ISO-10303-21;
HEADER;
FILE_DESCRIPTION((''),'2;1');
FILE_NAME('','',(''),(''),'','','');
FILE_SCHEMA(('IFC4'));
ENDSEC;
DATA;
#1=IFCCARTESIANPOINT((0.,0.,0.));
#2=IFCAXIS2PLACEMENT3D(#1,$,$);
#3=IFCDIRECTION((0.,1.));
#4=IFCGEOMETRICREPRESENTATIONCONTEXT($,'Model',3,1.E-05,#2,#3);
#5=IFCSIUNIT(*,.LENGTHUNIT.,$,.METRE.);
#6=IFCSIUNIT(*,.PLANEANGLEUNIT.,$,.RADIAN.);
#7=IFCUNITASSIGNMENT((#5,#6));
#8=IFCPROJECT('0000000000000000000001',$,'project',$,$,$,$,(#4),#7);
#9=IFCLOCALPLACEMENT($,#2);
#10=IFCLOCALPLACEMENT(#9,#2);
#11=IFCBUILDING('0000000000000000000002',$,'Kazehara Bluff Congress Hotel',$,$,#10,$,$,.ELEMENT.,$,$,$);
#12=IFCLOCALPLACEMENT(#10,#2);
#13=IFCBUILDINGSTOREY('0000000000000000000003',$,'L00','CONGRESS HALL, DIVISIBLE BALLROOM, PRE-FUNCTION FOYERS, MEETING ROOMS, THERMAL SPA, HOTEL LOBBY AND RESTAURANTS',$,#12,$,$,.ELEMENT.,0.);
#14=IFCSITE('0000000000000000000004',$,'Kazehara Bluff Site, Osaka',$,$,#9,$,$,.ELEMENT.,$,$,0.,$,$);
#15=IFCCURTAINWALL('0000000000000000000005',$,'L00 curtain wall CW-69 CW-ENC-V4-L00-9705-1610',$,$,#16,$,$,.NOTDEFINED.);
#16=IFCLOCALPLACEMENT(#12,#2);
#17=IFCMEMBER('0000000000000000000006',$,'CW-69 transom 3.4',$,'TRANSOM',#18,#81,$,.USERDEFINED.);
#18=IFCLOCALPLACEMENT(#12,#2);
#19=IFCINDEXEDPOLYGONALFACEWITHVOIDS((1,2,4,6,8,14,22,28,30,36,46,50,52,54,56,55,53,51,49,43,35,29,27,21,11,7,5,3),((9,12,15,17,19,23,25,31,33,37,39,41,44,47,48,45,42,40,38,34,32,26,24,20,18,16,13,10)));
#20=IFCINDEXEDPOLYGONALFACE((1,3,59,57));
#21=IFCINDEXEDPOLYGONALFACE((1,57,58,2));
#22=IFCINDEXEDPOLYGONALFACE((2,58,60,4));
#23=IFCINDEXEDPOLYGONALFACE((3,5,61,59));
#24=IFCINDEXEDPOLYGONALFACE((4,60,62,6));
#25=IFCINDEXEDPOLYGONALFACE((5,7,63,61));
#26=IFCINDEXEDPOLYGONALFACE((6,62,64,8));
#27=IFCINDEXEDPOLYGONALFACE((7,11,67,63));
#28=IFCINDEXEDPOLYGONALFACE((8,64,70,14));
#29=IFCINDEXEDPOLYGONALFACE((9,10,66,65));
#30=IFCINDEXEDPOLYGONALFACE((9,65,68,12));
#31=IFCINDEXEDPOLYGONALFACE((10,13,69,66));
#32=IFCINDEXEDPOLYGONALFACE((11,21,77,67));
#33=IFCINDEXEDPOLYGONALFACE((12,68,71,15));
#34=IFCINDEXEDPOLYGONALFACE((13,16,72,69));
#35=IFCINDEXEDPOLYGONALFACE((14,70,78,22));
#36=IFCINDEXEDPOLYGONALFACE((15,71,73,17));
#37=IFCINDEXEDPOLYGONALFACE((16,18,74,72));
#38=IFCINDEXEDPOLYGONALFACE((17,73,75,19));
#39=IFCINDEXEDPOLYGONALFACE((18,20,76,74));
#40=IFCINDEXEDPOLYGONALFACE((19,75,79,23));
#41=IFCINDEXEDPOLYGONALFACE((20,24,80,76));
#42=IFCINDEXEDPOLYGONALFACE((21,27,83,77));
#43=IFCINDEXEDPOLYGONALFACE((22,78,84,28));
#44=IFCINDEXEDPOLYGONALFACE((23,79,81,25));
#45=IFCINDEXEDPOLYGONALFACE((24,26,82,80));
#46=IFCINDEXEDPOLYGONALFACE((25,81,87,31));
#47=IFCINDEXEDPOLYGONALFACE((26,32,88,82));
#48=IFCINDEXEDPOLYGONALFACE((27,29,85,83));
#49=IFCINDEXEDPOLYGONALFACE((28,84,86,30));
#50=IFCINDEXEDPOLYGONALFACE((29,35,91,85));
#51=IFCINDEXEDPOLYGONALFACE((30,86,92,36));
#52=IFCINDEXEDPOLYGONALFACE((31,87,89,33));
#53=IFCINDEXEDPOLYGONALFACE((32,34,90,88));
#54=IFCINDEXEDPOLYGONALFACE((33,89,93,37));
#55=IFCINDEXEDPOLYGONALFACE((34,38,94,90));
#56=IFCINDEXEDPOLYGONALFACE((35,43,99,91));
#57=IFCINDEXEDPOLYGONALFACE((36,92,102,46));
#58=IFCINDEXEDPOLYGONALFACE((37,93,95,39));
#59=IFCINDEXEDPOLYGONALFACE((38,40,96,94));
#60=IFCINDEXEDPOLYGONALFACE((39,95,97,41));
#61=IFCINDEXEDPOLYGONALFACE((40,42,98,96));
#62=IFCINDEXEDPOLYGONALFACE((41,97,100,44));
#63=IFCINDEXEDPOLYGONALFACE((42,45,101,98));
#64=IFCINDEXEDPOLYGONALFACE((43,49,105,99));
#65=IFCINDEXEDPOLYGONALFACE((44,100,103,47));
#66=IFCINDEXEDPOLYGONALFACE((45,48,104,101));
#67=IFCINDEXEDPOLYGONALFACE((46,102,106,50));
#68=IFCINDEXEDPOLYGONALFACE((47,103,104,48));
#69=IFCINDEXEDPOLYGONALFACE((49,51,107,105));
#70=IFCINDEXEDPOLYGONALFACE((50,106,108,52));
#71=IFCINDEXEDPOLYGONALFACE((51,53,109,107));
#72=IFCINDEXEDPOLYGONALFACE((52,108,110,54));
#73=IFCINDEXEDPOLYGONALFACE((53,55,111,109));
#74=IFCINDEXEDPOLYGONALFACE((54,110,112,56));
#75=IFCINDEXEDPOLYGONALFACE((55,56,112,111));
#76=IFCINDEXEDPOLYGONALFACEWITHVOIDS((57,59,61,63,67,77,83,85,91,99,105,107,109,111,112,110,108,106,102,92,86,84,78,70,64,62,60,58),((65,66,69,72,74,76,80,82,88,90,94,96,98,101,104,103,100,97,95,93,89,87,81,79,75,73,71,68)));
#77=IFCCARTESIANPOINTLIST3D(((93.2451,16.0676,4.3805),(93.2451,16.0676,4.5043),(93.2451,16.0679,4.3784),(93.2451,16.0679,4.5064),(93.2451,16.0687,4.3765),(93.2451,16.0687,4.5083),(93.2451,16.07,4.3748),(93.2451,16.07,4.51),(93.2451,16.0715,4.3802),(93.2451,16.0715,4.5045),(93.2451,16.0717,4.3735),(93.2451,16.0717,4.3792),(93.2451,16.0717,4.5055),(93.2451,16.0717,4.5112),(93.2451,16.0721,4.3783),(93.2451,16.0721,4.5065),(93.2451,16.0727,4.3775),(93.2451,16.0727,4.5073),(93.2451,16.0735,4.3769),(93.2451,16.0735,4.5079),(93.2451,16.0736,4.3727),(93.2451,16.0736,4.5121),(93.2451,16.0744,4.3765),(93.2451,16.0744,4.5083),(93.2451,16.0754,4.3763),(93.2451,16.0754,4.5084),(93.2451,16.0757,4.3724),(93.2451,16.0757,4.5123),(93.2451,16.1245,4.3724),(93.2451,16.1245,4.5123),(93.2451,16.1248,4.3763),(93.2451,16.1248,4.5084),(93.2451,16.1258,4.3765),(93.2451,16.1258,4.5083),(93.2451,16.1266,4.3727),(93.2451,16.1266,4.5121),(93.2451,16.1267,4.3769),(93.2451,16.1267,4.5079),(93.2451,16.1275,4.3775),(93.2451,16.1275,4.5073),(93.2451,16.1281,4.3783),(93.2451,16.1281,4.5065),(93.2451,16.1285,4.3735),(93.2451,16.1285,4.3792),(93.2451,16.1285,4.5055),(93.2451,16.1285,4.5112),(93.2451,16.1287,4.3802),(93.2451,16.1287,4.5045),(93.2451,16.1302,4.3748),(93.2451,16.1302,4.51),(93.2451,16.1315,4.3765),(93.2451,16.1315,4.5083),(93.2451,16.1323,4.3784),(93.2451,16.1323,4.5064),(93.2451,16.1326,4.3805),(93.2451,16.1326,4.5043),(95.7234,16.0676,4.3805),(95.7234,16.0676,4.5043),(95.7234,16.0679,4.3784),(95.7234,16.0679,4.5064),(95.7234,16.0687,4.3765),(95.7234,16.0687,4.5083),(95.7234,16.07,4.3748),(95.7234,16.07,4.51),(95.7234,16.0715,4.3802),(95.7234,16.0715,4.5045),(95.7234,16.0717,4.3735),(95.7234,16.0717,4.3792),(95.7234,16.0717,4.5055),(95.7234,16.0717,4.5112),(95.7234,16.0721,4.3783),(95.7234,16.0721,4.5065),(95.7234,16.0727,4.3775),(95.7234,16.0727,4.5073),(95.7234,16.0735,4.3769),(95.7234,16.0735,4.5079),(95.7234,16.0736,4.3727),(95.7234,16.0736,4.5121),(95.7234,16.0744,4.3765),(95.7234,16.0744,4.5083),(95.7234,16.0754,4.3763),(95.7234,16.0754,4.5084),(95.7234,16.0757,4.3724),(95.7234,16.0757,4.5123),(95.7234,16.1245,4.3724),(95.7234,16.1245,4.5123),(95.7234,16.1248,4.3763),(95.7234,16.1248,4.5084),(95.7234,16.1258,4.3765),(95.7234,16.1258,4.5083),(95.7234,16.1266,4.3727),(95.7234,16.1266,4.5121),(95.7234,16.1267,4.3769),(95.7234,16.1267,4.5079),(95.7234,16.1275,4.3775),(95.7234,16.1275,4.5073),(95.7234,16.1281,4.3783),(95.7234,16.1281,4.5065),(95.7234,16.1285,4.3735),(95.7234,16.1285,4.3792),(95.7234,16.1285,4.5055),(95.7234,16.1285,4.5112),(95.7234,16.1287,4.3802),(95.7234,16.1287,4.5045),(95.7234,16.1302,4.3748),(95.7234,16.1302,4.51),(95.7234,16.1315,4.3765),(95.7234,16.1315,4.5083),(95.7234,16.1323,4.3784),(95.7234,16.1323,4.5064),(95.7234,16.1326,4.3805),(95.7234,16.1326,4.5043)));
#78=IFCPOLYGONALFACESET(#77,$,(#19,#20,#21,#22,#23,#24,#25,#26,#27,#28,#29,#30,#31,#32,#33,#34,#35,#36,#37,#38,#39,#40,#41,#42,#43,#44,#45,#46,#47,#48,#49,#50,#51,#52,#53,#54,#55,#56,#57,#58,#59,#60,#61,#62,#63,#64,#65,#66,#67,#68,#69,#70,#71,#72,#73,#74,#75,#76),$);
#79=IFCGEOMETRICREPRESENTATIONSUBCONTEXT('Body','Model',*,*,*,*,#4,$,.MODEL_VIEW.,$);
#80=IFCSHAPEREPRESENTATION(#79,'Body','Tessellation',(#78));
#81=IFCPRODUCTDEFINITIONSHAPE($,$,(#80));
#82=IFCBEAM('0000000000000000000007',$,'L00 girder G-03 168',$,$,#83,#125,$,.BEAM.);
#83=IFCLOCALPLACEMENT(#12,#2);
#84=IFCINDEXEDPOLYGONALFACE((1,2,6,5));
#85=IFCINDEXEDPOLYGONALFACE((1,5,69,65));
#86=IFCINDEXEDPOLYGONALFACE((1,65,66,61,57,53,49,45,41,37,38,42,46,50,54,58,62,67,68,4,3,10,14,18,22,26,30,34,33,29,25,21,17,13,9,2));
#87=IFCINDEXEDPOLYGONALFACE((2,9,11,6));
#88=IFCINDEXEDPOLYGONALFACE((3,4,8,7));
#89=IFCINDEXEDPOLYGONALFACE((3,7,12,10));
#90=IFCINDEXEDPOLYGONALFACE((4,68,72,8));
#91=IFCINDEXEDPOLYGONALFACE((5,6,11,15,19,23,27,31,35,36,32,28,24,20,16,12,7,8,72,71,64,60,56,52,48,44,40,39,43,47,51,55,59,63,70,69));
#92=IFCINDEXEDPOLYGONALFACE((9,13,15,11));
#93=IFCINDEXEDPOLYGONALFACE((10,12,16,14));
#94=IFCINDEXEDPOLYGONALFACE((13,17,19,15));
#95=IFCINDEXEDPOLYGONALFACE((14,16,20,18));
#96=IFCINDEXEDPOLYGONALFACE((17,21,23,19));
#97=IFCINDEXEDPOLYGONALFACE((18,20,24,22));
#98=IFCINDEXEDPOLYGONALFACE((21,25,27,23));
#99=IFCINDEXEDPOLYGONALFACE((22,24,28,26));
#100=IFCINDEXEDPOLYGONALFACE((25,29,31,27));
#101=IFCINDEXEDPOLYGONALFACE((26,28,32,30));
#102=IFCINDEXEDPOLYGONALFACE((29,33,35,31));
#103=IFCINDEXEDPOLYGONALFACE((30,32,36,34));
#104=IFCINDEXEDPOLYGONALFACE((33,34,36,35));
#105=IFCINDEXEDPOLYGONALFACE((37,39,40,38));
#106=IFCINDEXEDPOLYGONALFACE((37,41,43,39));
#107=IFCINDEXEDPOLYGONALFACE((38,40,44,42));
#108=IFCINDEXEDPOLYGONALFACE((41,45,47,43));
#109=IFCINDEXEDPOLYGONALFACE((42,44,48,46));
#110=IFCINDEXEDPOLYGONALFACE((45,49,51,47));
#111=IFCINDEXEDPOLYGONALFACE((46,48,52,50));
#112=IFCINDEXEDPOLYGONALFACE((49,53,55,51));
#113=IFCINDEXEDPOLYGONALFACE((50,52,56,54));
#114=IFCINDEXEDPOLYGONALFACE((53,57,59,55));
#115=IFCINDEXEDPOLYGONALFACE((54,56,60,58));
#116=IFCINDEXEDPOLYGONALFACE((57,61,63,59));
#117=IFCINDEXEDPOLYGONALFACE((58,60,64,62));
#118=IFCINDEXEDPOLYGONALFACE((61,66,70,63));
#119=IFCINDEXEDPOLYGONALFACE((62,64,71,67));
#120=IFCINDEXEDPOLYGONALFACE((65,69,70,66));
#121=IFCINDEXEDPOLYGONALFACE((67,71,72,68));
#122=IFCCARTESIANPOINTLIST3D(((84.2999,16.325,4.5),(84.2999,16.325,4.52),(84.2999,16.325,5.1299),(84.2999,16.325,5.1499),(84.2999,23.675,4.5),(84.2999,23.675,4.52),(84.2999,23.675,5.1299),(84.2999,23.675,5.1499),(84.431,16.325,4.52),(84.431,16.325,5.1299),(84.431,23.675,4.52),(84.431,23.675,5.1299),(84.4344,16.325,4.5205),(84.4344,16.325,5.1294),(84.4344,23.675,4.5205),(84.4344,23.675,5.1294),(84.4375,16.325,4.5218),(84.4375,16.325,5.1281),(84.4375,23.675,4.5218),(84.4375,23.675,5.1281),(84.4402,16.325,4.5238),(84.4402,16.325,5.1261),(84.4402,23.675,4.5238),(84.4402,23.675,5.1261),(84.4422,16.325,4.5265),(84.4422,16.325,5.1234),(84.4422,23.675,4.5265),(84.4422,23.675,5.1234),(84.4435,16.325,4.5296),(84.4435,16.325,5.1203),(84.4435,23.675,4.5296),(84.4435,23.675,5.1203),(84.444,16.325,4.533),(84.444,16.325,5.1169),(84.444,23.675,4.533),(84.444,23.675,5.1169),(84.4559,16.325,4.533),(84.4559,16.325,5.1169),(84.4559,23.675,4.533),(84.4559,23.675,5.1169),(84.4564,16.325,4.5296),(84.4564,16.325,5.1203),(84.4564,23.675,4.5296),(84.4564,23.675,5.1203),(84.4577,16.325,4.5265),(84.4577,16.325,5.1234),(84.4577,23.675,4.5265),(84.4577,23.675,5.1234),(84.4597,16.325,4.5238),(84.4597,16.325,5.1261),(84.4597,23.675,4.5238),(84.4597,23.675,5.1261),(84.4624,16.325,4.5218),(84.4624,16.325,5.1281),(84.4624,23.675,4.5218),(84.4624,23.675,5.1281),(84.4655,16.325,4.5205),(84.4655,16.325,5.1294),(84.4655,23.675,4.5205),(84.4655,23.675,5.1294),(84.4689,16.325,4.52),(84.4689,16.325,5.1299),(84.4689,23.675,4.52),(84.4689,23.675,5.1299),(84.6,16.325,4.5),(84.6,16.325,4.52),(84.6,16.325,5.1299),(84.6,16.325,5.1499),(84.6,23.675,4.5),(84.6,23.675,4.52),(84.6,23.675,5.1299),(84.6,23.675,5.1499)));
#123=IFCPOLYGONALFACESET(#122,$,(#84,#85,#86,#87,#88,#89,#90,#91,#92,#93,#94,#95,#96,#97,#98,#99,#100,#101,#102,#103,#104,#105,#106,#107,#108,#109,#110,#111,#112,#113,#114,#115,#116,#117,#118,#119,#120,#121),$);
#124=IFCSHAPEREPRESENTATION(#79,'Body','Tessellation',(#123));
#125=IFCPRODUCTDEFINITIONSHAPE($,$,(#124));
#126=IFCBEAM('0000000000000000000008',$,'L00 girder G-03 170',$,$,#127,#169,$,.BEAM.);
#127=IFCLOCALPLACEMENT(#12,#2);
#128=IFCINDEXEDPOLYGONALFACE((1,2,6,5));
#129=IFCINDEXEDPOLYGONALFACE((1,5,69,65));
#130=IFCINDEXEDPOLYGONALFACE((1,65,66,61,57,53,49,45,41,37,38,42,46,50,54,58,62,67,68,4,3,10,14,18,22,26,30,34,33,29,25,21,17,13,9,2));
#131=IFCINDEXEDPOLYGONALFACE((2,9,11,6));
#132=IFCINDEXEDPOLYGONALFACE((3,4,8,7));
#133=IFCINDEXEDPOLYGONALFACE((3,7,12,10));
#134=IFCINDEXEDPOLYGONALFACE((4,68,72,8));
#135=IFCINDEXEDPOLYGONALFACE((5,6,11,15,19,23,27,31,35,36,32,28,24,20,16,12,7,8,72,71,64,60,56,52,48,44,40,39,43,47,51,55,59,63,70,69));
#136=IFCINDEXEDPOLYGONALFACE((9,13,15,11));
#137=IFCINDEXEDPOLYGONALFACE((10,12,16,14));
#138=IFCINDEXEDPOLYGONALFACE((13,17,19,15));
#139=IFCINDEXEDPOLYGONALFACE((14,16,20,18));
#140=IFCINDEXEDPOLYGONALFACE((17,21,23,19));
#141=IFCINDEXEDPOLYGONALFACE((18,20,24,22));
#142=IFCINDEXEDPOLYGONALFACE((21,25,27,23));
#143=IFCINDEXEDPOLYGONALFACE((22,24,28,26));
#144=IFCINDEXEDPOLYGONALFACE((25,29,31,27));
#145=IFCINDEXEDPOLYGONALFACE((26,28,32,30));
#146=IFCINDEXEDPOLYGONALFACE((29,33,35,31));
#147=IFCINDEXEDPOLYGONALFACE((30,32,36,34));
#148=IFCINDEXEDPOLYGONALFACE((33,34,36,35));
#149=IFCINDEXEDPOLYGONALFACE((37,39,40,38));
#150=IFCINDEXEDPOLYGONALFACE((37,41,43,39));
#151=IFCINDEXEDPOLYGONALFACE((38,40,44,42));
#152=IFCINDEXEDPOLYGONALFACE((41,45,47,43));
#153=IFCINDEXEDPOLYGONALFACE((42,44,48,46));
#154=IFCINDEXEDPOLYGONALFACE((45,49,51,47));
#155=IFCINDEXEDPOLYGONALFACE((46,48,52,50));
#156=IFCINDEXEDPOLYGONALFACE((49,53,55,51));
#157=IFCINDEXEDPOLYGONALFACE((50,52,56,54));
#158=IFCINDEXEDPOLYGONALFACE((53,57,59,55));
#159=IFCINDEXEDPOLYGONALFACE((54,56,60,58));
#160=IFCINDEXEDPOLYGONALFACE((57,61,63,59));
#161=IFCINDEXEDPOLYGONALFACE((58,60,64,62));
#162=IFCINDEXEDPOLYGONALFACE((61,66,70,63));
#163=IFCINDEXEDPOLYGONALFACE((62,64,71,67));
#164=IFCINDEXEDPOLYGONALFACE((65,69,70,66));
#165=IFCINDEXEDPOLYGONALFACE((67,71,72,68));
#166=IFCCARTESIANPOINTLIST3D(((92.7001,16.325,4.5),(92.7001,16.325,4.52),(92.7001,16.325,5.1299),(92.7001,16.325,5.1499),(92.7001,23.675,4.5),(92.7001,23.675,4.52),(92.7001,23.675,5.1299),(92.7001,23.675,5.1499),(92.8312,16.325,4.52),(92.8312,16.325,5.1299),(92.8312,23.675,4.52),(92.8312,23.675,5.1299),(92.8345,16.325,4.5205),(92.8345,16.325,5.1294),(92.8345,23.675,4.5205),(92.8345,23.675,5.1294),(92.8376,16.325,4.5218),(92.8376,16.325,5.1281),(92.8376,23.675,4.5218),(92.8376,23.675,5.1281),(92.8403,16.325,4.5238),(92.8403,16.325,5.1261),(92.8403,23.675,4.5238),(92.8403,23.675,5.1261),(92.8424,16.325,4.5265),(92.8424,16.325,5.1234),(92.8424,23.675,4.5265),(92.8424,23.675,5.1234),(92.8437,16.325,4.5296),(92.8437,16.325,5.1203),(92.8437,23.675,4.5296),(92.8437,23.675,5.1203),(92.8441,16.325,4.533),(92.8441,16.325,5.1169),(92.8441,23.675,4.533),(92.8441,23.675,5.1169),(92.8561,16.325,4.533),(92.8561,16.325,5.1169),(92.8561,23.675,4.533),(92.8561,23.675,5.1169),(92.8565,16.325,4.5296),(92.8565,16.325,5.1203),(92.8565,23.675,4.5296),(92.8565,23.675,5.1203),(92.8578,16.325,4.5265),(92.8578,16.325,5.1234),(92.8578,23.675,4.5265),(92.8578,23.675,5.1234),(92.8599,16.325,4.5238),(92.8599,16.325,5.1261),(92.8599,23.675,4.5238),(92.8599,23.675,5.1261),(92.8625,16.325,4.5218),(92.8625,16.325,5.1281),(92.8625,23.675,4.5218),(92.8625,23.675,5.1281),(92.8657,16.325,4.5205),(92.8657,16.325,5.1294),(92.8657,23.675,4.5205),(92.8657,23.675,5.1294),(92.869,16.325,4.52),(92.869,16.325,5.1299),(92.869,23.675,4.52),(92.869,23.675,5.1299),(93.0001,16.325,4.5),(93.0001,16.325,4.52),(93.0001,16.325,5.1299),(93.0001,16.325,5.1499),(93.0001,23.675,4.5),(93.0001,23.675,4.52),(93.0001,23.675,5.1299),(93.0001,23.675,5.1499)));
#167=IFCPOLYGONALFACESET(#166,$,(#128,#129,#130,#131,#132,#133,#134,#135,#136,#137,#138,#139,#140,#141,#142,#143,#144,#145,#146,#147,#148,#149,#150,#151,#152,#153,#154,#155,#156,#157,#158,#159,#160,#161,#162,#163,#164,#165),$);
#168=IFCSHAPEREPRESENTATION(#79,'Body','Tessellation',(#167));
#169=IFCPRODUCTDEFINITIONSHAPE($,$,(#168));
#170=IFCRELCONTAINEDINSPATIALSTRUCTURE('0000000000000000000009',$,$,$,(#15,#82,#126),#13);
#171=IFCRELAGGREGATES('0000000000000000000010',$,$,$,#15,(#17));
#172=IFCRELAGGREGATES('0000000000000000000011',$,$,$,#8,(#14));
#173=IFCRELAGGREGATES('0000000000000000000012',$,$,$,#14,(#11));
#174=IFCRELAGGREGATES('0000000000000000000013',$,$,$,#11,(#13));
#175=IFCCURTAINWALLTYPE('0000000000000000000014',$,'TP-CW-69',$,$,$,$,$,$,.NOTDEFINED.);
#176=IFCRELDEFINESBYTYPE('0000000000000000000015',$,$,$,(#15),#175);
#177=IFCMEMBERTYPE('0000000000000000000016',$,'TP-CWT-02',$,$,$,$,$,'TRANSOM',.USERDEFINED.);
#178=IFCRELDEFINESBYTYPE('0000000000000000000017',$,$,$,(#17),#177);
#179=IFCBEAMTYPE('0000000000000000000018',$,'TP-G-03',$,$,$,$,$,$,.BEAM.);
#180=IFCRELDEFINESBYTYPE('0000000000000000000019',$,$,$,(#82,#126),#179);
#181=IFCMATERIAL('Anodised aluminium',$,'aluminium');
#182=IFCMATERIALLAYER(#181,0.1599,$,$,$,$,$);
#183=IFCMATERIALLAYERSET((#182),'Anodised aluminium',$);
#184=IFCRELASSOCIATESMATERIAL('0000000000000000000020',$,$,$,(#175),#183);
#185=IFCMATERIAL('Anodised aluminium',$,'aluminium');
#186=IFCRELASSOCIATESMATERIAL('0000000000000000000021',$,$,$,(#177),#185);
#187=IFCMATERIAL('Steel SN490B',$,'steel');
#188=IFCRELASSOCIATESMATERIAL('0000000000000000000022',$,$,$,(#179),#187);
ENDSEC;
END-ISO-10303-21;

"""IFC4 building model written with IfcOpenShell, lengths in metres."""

from ifc_helpers import new_model, si_unit, direction, frame, origin, origin_2d, place, context, subcontext, project, spatial, hollow_rectangle, i_section, extrude, material, layer, layer_set, material_profile, profile_set, type_object, element, aggregate, save


model = new_model("IFC4")

# Units and contexts
model_context = context("Model", 3, precision=1e-05, world=origin(), true_north=direction((0.0, 1.0)))
body_context = subcontext(model_context, "Body", "Model", "MODEL_VIEW")
ifc_project = project(units=[si_unit("LENGTHUNIT", "METRE"), si_unit("PLANEANGLEUNIT", "RADIAN")], contexts=[model_context])

# Site, building, storey
site_placement = place(None, origin())
site = spatial("IfcSite", under=ifc_project, at=site_placement, Name="Kazehara Bluff Site, Osaka", CompositionType="ELEMENT", RefElevation=0.0)
building_placement = place(site_placement, origin())
building = spatial("IfcBuilding", under=site, at=building_placement, Name="Kazehara Bluff Congress Hotel", CompositionType="ELEMENT")
storey_placement = place(building_placement, origin())
storey = spatial("IfcBuildingStorey", under=building, at=storey_placement, Name="L00", Description="CONGRESS HALL, DIVISIBLE BALLROOM, PRE-FUNCTION FOYERS, MEETING ROOMS, THERMAL SPA, HOTEL LOBBY AND RESTAURANTS", CompositionType="ELEMENT", Elevation=0.0)

# Shared definitions
ifc_material_1 = material(Name="Anodised aluminium", Category="aluminium")
ifc_layer_1 = layer(ifc_material_1, 0.1599)
ifc_layer_set_1 = layer_set([ifc_layer_1], Name="Anodised aluminium")
curtain_wall_type = type_object("IfcCurtainWallType", Name="TP-CW-69", PredefinedType="NOTDEFINED", material=ifc_layer_set_1)

# Curtain wall
curtain_wall_1_placement = place(storey_placement, origin())
curtain_wall_1 = element("IfcCurtainWall", 1, at=curtain_wall_1_placement, inside=storey, type_object=curtain_wall_type, Name="L00 curtain wall CW-69 CW-ENC-V4-L00-9705-1610", PredefinedType="NOTDEFINED")

# Member
ifc_material_2 = material(Name="Anodised aluminium", Category="aluminium")
ifc_material_profile_1 = material_profile(ifc_material_2, hollow_rectangle(XDim=0.0649, YDim=0.1399, WallThickness=0.0039, InnerFilletRadius=0.0039, OuterFilletRadius=0.0081, at=origin_2d()))
ifc_profile_set_1 = profile_set([ifc_material_profile_1], Name="Anodised aluminium")
member_type_1 = type_object("IfcMemberType", Name="TP-CWT-02", ElementType="TRANSOM", PredefinedType="USERDEFINED", material=ifc_profile_set_1)
member_1_placement = place(storey_placement, frame((95.7234, 16.1001, 4.4424), z_axis=(-1.0, 0.0, 0.0), x_axis=(0.0, -1.0, 0.0)))
member_1 = element("IfcMember", 2, at=member_1_placement, type_object=member_type_1, Name="CW-69 transom 3.4", ObjectType="TRANSOM", PredefinedType="USERDEFINED", context=body_context, shape_type="SweptSolid", body=[
    extrude(hollow_rectangle(XDim=0.0649, YDim=0.1399, WallThickness=0.0039, InnerFilletRadius=0.0039, OuterFilletRadius=0.0081, at=origin_2d()), origin(), (0.0, 0.0, 1.0), 2.4783),
])

# Beams
ifc_material_3 = material(Name="Steel SN490B", Category="steel")
ifc_material_profile_2 = material_profile(ifc_material_3, i_section(OverallWidth=0.3, OverallDepth=0.6499, WebThickness=0.012, FlangeThickness=0.02, FilletRadius=0.0129, at=origin_2d()))
ifc_profile_set_2 = profile_set([ifc_material_profile_2], Name="Steel SN490B")
beam_type_1 = type_object("IfcBeamType", Name="TP-G-03", PredefinedType="BEAM", material=ifc_profile_set_2)
for number, where, z_axis, x_axis, name in (
    (3, (84.45, 16.325, 4.825), (0.0, 1.0, 0.0), (-1.0, 0.0, 0.0), "L00 girder G-03 168"),
    (4, (92.8501, 16.325, 4.825), (0.0, 1.0, 0.0), (-1.0, 0.0, 0.0), "L00 girder G-03 170"),
):
    element("IfcBeam", number, at=place(storey_placement, frame(where, z_axis=z_axis, x_axis=x_axis)), inside=storey, type_object=beam_type_1, Name=name, PredefinedType="BEAM", context=body_context, shape_type="SweptSolid", body=[
        extrude(i_section(OverallWidth=0.3, OverallDepth=0.6499, WebThickness=0.012, FlangeThickness=0.02, FilletRadius=0.0129, at=origin_2d()), origin(), (0.0, 0.0, 1.0), 7.3501),
    ])

aggregate(curtain_wall_1, [member_1])

save(model, "model.ifc")
